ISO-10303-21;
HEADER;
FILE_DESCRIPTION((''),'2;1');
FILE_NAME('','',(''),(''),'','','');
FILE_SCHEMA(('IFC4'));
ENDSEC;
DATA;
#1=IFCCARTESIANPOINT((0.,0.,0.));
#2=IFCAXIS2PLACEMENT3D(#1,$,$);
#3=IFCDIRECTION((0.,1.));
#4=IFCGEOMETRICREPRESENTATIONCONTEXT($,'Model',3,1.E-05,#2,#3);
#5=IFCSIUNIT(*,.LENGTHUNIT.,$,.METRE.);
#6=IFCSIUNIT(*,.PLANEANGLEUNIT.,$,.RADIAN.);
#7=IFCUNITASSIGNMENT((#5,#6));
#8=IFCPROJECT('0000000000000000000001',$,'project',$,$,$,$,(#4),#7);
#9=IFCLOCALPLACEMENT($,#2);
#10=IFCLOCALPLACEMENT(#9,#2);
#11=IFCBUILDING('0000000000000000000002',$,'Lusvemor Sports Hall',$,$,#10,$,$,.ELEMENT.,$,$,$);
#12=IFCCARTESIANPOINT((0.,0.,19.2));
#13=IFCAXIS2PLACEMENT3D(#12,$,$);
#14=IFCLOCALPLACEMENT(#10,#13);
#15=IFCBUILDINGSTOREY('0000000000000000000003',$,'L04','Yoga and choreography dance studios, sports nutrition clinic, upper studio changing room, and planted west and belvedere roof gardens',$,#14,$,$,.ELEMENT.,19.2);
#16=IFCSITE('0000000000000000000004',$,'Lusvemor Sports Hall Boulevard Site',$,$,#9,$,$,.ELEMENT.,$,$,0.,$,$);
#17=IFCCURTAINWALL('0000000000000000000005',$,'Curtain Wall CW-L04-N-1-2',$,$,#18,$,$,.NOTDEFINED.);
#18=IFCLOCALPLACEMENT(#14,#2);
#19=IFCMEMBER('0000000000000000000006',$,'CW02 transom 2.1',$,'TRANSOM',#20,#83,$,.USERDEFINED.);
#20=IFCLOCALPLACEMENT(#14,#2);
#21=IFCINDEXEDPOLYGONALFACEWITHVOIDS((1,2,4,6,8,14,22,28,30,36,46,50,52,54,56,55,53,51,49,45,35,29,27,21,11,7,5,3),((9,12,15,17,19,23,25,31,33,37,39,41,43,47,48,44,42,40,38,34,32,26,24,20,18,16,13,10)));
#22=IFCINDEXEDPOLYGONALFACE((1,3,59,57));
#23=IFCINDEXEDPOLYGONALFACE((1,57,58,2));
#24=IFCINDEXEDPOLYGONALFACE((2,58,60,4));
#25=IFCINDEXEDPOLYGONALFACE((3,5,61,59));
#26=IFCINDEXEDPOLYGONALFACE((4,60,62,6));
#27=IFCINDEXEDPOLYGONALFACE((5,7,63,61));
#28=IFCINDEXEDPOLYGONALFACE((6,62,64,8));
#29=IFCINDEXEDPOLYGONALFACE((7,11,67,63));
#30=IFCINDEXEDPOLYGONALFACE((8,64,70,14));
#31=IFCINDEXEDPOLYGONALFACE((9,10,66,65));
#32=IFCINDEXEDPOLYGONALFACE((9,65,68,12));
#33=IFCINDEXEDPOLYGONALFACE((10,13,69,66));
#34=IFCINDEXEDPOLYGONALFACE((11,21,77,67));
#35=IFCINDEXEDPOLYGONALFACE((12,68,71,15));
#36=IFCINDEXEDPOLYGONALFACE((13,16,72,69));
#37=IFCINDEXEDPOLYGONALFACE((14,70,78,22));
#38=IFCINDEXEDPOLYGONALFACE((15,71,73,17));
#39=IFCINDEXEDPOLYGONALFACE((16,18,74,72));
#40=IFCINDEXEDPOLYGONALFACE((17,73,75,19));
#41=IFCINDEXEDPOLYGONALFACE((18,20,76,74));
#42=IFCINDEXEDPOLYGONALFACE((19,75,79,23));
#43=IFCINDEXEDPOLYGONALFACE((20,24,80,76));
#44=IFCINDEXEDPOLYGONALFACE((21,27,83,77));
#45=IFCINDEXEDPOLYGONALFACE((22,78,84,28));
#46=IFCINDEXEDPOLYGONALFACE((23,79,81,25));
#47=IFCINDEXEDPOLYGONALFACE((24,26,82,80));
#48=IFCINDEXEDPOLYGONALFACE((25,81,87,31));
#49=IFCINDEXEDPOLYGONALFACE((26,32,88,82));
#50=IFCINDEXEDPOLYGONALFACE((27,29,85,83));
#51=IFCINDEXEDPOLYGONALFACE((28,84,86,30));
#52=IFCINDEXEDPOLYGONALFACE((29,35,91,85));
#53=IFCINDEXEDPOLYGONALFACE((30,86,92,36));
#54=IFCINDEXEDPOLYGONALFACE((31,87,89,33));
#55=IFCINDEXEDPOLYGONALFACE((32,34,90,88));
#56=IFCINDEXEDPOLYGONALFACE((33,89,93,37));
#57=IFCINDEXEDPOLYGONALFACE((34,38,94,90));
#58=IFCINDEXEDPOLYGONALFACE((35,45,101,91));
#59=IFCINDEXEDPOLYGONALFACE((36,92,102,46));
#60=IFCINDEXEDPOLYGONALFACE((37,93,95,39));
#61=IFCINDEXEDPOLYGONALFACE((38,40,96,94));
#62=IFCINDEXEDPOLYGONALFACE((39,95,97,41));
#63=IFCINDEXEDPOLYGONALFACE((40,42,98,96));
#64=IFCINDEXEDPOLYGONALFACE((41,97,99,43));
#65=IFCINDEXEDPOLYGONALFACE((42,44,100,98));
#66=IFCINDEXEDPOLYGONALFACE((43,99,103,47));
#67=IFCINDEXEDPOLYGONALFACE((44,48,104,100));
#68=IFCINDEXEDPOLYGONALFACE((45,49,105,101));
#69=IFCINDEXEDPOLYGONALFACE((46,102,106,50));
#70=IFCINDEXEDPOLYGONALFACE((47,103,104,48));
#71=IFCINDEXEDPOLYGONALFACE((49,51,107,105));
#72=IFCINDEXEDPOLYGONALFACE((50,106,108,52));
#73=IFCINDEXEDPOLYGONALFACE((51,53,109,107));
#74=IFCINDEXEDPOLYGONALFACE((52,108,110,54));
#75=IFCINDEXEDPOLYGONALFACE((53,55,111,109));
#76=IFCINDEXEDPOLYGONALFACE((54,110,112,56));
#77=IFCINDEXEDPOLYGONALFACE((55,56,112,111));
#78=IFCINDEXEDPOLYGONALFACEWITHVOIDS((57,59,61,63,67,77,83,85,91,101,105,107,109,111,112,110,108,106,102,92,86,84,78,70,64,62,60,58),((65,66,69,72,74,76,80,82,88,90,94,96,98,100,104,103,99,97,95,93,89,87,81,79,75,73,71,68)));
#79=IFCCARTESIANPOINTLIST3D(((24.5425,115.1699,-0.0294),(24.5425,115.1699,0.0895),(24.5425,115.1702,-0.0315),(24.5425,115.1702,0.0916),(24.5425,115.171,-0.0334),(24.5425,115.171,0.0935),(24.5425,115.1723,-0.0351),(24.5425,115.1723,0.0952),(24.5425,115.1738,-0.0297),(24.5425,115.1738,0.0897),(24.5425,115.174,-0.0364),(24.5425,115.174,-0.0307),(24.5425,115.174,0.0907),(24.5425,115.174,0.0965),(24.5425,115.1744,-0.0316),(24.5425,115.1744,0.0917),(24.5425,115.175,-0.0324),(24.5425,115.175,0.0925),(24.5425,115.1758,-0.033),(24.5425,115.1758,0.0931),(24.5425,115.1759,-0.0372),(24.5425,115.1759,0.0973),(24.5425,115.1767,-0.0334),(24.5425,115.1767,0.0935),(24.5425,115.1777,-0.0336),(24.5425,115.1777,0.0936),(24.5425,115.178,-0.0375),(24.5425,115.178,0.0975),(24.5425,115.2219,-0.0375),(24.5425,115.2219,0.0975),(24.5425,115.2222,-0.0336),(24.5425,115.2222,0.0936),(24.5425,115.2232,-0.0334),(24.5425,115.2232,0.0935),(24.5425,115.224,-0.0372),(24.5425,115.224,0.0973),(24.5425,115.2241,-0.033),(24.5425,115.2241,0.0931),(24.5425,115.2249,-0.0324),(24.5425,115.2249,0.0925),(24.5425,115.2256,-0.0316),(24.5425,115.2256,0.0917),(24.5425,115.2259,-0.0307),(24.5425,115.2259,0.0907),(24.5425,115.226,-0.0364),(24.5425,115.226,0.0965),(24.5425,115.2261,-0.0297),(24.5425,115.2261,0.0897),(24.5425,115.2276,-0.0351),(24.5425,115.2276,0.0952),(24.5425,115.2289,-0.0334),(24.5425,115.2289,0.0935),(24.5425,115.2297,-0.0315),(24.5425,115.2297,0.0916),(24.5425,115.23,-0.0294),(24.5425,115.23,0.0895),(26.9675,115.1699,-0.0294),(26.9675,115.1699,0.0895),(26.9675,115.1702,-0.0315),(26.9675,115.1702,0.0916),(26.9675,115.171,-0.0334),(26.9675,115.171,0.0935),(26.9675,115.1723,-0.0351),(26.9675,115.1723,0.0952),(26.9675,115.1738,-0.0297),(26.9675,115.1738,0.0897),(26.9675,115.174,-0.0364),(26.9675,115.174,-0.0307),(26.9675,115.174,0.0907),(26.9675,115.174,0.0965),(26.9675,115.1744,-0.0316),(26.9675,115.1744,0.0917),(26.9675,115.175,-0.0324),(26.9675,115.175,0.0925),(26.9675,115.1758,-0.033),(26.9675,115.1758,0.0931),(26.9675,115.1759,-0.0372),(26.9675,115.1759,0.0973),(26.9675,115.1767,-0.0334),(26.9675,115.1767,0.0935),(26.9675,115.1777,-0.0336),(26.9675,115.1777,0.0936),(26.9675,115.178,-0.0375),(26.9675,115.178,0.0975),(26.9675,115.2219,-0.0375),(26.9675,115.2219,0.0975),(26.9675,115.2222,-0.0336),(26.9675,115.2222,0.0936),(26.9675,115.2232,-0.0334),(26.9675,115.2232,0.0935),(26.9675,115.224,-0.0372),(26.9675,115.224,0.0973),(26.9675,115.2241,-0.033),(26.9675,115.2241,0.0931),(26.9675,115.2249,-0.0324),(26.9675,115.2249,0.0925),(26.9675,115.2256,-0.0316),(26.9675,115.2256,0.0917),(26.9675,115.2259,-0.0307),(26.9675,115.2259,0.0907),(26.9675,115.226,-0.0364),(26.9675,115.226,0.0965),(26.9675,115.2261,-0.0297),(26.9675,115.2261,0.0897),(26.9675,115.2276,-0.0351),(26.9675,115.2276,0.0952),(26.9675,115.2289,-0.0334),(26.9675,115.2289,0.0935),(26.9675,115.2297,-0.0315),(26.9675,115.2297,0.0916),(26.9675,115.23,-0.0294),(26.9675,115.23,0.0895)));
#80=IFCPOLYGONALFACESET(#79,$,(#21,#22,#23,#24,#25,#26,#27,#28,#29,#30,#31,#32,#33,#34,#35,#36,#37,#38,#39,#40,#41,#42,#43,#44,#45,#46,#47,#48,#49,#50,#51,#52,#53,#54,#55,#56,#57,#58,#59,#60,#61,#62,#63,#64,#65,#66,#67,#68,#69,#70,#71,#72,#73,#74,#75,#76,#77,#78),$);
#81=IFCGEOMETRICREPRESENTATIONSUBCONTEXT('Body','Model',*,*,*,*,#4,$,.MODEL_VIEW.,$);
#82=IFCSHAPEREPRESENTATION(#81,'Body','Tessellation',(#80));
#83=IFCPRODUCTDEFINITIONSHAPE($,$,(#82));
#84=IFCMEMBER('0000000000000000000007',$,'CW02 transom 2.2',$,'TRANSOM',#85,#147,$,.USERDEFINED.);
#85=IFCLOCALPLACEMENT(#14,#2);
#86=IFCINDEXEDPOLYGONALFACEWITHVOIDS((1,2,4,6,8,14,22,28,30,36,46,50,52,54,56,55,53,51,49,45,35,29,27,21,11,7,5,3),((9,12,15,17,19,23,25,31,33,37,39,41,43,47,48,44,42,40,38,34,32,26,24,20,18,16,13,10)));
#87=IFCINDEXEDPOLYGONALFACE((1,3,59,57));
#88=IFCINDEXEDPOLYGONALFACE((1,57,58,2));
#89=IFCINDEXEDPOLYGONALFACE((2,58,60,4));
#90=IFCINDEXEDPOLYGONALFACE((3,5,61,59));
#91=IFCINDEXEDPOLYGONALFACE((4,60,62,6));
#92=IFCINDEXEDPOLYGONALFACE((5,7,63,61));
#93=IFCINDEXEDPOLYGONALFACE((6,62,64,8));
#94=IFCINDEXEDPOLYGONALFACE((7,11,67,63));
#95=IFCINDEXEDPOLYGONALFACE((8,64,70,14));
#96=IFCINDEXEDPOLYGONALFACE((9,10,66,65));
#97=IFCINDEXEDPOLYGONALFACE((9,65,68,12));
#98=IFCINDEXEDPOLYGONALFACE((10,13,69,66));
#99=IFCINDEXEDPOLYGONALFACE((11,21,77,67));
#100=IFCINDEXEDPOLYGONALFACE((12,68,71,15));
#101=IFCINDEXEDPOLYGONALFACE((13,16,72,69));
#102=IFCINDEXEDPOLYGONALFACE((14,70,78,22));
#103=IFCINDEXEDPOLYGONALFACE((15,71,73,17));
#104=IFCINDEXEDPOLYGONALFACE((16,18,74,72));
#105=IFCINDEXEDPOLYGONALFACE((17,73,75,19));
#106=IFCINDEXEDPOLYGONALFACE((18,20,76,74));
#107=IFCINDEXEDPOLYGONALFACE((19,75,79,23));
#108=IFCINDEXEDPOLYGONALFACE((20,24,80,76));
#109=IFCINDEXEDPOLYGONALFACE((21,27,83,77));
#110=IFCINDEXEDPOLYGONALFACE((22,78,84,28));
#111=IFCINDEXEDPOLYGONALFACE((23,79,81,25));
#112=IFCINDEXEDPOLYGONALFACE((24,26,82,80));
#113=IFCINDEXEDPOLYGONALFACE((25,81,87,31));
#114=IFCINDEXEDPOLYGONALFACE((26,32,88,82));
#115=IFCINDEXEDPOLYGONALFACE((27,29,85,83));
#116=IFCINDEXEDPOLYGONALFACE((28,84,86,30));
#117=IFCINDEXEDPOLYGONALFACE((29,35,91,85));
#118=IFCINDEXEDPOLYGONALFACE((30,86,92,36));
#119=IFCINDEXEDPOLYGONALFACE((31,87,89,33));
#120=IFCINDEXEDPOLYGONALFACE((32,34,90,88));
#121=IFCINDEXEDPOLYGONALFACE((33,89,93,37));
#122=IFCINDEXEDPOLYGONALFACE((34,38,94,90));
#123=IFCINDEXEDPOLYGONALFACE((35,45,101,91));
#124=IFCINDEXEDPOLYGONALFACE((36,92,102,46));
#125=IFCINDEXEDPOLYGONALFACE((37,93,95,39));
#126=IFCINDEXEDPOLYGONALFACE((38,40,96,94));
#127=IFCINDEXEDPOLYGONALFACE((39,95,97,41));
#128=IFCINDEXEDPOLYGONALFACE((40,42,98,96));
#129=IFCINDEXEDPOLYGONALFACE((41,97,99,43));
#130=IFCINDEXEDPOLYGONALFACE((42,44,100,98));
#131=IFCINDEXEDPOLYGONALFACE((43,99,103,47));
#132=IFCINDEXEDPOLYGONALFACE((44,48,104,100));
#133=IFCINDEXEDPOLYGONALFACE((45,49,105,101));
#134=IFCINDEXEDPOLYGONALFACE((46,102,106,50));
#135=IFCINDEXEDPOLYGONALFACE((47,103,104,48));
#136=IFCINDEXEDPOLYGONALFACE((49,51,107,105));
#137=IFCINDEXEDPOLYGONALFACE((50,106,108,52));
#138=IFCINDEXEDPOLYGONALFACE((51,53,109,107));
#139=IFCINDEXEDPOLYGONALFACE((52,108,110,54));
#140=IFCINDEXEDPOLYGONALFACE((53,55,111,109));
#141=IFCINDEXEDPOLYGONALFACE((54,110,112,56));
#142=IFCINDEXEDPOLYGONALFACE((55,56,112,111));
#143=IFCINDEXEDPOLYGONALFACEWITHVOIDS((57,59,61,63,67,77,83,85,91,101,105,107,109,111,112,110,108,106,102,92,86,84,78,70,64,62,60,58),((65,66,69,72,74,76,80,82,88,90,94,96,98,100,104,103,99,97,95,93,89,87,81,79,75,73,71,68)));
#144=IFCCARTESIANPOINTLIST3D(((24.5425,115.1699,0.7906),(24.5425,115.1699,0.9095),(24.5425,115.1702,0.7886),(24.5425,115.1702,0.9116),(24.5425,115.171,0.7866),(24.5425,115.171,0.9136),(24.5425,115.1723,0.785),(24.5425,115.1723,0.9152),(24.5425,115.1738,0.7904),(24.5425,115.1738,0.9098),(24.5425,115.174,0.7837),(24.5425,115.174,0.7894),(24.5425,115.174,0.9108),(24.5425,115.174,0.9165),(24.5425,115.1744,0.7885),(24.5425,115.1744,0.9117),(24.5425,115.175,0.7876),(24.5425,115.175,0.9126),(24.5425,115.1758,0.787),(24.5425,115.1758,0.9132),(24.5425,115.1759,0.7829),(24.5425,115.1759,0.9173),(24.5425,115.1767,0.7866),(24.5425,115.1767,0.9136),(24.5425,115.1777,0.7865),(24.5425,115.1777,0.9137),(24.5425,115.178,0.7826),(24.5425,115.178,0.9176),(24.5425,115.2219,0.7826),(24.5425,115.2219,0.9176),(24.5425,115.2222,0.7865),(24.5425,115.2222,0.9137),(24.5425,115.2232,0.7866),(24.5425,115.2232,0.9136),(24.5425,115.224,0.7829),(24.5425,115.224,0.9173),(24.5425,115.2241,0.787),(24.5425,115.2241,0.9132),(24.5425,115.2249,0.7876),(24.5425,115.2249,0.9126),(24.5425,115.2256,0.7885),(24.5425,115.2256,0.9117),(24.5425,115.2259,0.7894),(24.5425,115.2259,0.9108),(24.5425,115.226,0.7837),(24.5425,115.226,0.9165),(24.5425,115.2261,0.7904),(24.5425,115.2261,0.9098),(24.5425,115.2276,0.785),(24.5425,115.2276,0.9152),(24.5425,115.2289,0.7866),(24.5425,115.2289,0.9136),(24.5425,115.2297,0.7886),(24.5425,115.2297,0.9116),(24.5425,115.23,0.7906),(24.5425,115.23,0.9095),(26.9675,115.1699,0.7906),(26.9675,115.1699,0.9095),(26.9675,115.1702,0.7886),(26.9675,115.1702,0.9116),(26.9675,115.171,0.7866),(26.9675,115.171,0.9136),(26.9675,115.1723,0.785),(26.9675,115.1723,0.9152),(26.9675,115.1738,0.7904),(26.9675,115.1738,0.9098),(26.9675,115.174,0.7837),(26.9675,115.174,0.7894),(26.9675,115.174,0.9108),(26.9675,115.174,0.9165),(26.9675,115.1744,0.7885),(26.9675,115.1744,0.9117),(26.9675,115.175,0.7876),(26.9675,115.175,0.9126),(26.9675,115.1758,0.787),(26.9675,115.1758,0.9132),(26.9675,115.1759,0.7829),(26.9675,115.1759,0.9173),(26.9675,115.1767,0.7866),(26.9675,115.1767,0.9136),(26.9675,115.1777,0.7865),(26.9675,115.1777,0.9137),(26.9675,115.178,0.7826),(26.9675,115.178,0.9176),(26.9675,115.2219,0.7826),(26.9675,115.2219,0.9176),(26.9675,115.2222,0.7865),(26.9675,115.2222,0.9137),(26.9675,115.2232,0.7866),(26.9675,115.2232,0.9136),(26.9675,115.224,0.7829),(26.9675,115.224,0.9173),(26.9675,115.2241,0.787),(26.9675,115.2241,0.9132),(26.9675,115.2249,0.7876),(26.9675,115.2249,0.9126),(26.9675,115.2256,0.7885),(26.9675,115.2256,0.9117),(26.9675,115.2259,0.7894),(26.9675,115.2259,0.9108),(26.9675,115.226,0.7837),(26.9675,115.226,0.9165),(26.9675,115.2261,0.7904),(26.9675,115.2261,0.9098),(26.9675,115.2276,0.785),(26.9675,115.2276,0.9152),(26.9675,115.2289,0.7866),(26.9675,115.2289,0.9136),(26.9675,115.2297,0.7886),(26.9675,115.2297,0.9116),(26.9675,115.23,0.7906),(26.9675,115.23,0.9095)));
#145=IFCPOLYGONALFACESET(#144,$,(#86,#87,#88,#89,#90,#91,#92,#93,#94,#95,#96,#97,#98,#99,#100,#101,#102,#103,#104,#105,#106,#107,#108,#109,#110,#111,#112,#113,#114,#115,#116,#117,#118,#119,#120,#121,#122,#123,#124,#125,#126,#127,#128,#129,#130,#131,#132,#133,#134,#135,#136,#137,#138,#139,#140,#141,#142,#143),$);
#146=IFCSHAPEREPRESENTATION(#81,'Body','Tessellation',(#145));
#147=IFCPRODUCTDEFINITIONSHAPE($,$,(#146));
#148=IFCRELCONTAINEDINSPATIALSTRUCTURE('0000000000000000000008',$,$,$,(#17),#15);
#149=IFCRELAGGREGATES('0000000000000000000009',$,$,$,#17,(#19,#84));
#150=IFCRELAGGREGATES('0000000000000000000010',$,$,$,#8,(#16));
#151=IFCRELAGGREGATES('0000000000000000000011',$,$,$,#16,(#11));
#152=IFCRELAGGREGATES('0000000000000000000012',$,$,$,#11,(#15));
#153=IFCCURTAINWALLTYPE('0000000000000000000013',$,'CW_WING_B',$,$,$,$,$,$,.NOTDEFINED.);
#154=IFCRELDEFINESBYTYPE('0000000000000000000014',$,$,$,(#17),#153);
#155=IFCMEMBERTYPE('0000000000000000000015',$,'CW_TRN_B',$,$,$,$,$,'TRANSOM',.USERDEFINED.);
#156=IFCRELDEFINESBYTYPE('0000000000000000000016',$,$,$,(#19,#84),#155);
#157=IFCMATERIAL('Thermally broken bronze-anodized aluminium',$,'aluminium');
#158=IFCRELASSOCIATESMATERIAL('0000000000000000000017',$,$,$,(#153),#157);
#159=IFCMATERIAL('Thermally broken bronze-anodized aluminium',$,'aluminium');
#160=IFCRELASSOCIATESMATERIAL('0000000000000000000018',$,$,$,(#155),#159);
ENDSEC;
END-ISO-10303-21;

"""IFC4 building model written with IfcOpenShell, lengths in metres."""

from ifc_helpers import new_model, si_unit, direction, frame, origin, origin_2d, place, context, subcontext, project, spatial, hollow_rectangle, extrude, material, material_profile, profile_set, type_object, element, aggregate, save


model = new_model("IFC4")

# Units and contexts
model_context = context("Model", 3, precision=1e-05, world=origin(), true_north=direction((0.0, 1.0)))
body_context = subcontext(model_context, "Body", "Model", "MODEL_VIEW")
ifc_project = project(units=[si_unit("LENGTHUNIT", "METRE"), si_unit("PLANEANGLEUNIT", "RADIAN")], contexts=[model_context])

# Site, building, storey
site_placement = place(None, origin())
site = spatial("IfcSite", under=ifc_project, at=site_placement, Name="Lusvemor Sports Hall Boulevard Site", CompositionType="ELEMENT", RefElevation=0.0)
building_placement = place(site_placement, origin())
building = spatial("IfcBuilding", under=site, at=building_placement, Name="Lusvemor Sports Hall", CompositionType="ELEMENT")
storey_placement = place(building_placement, frame((0.0, 0.0, 19.2)))
storey = spatial("IfcBuildingStorey", under=building, at=storey_placement, Name="L04", Description="Yoga and choreography dance studios, sports nutrition clinic, upper studio changing room, and planted west and belvedere roof gardens", CompositionType="ELEMENT", Elevation=19.2)

# Curtain wall
ifc_material_1 = material(Name="Thermally broken bronze-anodized aluminium", Category="aluminium")
curtain_wall_type = type_object("IfcCurtainWallType", Name="CW_WING_B", PredefinedType="NOTDEFINED", material=ifc_material_1)
curtain_wall_1_placement = place(storey_placement, origin())
curtain_wall_1 = element("IfcCurtainWall", 1, at=curtain_wall_1_placement, inside=storey, type_object=curtain_wall_type, Name="Curtain Wall CW-L04-N-1-2", PredefinedType="NOTDEFINED")

# Members
ifc_material_2 = material(Name="Thermally broken bronze-anodized aluminium", Category="aluminium")
ifc_material_profile_1 = material_profile(ifc_material_2, hollow_rectangle(XDim=0.0601, YDim=0.135, WallThickness=0.0039, InnerFilletRadius=0.0039, OuterFilletRadius=0.0081, at=origin_2d()), Name="CWTRN135x60x4")
ifc_profile_set_1 = profile_set([ifc_material_profile_1], Name="Thermally broken bronze-anodized aluminium")
member_type_1 = type_object("IfcMemberType", Name="CW_TRN_B", ElementType="TRANSOM", PredefinedType="USERDEFINED", material=ifc_profile_set_1)
member_1_placement = place(storey_placement, frame((24.5425, 115.2, 0.03), z_axis=(1.0, 0.0, 0.0), x_axis=(0.0, 1.0, 0.0)))
member_1 = element("IfcMember", 2, at=member_1_placement, type_object=member_type_1, Name="CW02 transom 2.1", ObjectType="TRANSOM", PredefinedType="USERDEFINED", context=body_context, shape_type="SweptSolid", body=[
    extrude(hollow_rectangle(XDim=0.0601, YDim=0.135, WallThickness=0.0039, InnerFilletRadius=0.0039, OuterFilletRadius=0.0081, at=origin_2d()), origin(), (0.0, 0.0, 1.0), 2.425),
])
member_2_placement = place(storey_placement, frame((24.5425, 115.2, 0.8501), z_axis=(1.0, 0.0, 0.0), x_axis=(0.0, 1.0, 0.0)))
member_2 = element("IfcMember", 3, at=member_2_placement, type_object=member_type_1, Name="CW02 transom 2.2", ObjectType="TRANSOM", PredefinedType="USERDEFINED", context=body_context, shape_type="SweptSolid", body=[
    extrude(hollow_rectangle(XDim=0.0601, YDim=0.135, WallThickness=0.0039, InnerFilletRadius=0.0039, OuterFilletRadius=0.0081, at=origin_2d()), origin(), (0.0, 0.0, 1.0), 2.425),
])

aggregate(curtain_wall_1, [member_1, member_2])

save(model, "model.ifc")
